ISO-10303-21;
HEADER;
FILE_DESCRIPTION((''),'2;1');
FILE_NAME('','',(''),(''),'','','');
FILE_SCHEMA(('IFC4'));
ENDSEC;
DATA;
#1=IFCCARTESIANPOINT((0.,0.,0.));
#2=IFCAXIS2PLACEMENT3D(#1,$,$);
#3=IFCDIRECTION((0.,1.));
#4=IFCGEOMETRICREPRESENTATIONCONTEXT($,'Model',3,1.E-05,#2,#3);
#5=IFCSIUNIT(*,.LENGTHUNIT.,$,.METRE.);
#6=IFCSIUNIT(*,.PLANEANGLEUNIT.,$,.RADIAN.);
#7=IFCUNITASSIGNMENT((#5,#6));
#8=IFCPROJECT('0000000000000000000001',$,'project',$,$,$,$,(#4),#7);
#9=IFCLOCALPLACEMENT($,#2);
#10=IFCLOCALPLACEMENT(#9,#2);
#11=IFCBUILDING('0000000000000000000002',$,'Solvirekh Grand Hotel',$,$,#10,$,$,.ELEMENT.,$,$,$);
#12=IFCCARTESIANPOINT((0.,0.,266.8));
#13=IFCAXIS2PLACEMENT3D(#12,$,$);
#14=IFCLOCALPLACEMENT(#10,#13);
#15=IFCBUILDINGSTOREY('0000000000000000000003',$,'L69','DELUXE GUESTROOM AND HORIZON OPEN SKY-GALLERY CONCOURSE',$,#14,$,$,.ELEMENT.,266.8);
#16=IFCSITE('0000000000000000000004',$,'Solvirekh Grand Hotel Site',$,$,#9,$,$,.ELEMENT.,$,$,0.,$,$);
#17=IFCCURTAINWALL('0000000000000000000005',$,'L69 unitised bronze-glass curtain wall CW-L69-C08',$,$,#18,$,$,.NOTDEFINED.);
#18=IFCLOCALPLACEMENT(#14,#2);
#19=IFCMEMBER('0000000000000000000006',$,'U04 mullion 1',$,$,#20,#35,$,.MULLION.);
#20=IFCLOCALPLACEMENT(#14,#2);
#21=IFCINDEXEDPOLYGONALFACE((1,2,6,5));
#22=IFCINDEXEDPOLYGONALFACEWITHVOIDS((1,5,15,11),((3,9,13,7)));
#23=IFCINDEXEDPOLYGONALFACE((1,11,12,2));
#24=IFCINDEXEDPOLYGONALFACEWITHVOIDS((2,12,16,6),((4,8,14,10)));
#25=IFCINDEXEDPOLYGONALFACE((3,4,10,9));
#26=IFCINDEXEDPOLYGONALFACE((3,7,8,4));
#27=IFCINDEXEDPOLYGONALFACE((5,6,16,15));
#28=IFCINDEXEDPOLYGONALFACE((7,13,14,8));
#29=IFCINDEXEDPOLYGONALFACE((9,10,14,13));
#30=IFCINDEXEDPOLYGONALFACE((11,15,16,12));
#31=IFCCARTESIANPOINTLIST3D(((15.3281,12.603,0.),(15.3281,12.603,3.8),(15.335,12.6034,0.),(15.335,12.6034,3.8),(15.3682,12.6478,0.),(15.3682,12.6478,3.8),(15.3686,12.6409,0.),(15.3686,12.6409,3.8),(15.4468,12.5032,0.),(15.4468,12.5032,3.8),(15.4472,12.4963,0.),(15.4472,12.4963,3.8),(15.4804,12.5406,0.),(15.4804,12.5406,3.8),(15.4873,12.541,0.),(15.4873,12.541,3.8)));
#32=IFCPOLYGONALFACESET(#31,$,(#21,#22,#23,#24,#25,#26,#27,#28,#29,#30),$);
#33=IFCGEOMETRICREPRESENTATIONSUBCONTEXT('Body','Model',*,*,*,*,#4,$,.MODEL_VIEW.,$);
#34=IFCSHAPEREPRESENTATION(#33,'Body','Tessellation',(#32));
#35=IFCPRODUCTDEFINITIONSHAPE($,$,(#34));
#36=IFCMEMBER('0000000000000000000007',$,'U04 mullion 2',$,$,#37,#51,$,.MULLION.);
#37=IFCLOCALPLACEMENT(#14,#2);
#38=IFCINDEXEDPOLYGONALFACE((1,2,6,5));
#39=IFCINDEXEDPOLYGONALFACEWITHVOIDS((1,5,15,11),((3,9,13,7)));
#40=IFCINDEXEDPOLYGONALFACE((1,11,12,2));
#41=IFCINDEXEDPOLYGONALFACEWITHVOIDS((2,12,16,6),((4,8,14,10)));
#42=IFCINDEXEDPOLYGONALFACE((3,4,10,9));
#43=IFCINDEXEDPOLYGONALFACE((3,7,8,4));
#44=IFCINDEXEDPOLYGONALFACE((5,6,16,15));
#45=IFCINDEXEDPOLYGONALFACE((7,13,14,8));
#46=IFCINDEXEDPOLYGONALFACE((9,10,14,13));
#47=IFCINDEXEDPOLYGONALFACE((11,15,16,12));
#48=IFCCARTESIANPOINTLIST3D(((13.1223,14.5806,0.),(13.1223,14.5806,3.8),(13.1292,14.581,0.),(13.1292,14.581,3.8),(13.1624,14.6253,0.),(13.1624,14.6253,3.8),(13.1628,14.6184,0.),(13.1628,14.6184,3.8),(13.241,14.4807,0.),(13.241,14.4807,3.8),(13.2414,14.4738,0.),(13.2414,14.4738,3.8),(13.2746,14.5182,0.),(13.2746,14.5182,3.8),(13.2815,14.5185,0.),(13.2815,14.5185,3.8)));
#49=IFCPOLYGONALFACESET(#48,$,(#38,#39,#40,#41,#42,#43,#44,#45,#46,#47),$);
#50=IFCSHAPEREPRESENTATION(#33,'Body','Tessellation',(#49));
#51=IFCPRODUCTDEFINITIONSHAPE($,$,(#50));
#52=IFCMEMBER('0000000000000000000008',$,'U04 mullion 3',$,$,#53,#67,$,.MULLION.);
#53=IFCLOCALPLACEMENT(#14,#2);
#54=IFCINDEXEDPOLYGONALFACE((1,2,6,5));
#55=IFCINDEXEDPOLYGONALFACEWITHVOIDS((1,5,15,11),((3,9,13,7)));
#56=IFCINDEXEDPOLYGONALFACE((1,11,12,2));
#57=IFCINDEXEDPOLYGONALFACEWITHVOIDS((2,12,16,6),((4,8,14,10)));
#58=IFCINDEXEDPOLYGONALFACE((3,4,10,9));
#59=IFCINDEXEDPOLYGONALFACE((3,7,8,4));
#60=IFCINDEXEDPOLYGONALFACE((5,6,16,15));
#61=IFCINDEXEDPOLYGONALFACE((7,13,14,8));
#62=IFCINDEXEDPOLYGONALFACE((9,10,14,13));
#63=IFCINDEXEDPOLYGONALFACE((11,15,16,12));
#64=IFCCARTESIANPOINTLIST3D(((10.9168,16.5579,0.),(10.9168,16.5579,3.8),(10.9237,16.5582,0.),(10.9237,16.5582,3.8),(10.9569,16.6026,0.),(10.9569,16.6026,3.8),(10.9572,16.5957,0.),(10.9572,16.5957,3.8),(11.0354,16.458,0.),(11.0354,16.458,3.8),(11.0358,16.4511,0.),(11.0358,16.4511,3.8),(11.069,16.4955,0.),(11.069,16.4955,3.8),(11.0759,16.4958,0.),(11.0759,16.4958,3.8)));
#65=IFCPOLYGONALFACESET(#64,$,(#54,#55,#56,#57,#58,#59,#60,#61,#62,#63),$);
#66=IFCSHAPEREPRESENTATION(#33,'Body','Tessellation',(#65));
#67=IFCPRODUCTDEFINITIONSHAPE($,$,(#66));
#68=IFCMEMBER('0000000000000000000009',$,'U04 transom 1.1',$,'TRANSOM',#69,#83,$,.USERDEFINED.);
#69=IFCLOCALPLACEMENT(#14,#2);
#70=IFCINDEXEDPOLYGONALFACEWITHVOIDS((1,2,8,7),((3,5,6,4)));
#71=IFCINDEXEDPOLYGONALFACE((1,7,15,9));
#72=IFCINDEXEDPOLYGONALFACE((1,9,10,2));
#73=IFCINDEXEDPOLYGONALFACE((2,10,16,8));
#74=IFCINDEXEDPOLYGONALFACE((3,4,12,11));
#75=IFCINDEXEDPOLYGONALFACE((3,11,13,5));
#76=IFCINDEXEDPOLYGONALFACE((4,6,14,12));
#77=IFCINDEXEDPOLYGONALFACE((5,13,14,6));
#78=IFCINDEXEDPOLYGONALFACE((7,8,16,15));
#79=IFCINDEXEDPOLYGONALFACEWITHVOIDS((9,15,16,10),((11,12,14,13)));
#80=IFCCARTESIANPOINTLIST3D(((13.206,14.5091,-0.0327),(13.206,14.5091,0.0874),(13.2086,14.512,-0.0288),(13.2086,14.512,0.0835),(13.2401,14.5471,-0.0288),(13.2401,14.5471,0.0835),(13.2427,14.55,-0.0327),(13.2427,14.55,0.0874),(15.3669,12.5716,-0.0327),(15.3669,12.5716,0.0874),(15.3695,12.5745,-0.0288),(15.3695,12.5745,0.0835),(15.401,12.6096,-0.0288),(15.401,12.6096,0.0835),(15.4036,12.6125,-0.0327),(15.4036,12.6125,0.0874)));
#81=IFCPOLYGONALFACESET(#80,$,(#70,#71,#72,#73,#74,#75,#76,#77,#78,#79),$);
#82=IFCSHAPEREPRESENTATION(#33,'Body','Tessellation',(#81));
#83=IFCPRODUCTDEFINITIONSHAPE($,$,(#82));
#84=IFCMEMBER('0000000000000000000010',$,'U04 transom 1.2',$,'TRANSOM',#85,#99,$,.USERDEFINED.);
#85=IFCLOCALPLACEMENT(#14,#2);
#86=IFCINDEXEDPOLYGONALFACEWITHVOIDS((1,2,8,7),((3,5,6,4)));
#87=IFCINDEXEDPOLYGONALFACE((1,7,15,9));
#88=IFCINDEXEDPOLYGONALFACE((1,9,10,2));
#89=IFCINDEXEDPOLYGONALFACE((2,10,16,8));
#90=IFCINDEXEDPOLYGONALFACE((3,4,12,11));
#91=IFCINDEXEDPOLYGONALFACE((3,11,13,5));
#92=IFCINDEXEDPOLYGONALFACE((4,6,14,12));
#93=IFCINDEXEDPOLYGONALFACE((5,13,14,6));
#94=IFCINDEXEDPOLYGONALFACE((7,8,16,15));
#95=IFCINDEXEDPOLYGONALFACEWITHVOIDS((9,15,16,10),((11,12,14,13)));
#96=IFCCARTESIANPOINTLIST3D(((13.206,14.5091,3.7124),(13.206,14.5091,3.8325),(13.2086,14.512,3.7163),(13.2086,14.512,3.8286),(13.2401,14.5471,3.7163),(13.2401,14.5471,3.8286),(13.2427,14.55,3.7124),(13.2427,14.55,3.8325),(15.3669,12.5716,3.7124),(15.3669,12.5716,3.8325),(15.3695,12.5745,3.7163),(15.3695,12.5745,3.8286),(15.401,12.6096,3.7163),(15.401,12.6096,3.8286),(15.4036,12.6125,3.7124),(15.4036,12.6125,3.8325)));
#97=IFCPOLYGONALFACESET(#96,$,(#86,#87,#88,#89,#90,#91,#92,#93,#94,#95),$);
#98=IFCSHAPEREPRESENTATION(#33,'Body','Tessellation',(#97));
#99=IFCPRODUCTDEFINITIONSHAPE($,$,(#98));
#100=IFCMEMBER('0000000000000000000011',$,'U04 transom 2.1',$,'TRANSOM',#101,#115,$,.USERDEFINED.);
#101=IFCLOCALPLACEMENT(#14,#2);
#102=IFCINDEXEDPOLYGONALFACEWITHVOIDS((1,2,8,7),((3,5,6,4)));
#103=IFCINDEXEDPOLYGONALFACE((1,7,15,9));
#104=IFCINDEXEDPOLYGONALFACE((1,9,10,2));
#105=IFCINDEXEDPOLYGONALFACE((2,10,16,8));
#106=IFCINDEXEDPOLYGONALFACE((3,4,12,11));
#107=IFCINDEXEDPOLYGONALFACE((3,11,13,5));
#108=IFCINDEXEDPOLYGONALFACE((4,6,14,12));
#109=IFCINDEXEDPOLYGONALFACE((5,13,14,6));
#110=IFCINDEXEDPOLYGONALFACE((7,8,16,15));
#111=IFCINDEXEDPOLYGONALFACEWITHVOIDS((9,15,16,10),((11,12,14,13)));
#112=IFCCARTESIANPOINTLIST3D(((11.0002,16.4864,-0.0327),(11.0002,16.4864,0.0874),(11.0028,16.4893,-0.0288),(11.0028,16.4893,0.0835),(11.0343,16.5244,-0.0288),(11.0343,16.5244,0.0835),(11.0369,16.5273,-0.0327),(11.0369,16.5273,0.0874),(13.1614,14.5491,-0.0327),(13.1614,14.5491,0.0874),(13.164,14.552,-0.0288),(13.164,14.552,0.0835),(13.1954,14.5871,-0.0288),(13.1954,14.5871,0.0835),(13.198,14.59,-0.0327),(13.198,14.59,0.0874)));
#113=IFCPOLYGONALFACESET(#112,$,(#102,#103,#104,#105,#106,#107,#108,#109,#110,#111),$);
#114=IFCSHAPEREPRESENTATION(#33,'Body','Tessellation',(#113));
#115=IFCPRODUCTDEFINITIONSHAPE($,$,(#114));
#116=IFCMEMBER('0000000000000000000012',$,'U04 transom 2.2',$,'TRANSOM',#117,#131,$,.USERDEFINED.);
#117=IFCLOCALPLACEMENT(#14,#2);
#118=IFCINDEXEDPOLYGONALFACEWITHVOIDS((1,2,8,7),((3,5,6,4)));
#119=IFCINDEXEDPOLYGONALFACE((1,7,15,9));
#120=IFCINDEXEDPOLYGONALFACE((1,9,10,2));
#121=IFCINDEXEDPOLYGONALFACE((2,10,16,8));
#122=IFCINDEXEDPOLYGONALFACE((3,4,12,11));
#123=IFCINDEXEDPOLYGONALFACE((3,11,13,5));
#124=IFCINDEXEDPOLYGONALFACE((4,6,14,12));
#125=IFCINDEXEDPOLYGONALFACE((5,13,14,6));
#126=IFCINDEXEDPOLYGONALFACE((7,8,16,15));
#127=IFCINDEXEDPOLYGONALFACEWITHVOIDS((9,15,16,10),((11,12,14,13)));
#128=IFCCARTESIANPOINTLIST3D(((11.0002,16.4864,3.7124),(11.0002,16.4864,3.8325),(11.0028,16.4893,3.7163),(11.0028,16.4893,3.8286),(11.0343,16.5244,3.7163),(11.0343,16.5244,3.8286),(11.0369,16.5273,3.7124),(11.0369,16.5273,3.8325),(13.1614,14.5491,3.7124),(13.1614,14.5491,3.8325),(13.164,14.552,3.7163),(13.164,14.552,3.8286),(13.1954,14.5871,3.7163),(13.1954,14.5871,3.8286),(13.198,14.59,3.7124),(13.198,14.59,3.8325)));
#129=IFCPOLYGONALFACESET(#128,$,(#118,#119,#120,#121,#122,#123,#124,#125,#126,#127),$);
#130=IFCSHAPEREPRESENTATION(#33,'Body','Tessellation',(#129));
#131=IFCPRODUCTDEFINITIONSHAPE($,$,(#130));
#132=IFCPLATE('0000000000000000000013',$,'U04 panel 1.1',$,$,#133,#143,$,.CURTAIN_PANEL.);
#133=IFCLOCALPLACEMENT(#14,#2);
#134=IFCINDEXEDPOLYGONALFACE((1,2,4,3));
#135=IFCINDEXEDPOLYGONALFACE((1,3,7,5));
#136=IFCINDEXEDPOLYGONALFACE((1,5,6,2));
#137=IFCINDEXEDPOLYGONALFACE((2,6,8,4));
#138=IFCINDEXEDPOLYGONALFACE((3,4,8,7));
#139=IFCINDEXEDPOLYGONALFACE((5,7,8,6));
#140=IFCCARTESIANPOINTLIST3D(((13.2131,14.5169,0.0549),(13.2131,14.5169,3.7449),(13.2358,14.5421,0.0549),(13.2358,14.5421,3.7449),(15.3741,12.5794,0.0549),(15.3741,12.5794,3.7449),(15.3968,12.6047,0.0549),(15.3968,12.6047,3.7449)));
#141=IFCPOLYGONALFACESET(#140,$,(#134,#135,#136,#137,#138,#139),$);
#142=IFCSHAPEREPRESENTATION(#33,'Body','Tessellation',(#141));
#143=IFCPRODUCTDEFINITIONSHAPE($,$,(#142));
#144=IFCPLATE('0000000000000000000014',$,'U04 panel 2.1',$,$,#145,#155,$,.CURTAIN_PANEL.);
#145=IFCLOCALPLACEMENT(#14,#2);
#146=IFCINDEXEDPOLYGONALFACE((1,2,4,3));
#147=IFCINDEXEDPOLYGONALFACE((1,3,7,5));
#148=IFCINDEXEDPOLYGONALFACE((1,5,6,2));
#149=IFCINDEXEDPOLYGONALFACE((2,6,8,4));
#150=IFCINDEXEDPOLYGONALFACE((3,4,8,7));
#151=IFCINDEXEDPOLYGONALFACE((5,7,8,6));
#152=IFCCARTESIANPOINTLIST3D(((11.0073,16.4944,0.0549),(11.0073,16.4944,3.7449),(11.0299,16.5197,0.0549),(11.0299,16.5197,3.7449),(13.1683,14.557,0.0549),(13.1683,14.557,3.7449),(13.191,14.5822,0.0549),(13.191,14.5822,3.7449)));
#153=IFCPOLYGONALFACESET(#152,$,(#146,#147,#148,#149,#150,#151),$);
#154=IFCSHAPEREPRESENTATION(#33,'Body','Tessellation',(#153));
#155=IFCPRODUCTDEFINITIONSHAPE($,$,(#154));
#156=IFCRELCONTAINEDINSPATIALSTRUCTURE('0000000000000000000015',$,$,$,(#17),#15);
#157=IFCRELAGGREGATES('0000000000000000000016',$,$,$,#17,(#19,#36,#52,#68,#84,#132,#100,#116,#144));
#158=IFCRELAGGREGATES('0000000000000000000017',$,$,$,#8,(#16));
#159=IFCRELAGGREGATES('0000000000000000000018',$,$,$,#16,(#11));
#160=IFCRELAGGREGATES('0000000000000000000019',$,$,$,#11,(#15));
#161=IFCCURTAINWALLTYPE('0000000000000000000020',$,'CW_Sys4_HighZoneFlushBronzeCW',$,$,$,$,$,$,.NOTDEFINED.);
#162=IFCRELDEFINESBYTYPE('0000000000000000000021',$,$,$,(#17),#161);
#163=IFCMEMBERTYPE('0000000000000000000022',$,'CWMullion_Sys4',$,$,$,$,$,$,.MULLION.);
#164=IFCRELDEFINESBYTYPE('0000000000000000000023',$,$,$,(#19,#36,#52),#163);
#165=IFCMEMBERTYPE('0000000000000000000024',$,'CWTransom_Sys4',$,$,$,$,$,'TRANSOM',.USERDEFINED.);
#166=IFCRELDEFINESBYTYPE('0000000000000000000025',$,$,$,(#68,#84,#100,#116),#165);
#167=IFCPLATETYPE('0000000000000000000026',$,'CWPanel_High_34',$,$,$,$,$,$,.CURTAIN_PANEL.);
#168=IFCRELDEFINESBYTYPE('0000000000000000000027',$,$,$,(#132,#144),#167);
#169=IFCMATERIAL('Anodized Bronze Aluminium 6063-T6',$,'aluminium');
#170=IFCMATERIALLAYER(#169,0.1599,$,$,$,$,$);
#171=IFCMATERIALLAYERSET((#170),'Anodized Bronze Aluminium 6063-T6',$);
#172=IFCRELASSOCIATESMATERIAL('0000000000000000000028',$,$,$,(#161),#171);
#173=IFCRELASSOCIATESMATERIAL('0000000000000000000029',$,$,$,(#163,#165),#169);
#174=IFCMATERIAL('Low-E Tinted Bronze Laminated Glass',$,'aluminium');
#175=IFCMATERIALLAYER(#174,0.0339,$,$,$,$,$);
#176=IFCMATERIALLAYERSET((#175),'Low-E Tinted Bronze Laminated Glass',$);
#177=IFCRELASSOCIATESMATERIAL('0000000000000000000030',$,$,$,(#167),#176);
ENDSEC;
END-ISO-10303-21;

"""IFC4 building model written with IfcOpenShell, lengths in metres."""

from ifc_helpers import new_model, si_unit, direction, frame, origin, origin_2d, place, context, subcontext, project, spatial, rectangle, hollow_rectangle, extrude, source, transform, mapped, material, layer, layer_set, material_profile, profile_set, type_object, element, aggregate, save


model = new_model("IFC4")

# Units and contexts
model_context = context("Model", 3, precision=1e-05, world=origin(), true_north=direction((0.0, 1.0)))
body_context = subcontext(model_context, "Body", "Model", "MODEL_VIEW")
ifc_project = project(units=[si_unit("LENGTHUNIT", "METRE"), si_unit("PLANEANGLEUNIT", "RADIAN")], contexts=[model_context])

# Site, building, storey
site_placement = place(None, origin())
site = spatial("IfcSite", under=ifc_project, at=site_placement, Name="Solvirekh Grand Hotel Site", CompositionType="ELEMENT", RefElevation=0.0)
building_placement = place(site_placement, origin())
building = spatial("IfcBuilding", under=site, at=building_placement, Name="Solvirekh Grand Hotel", CompositionType="ELEMENT")
storey_placement = place(building_placement, frame((0.0, 0.0, 266.8)))
storey = spatial("IfcBuildingStorey", under=building, at=storey_placement, Name="L69", Description="DELUXE GUESTROOM AND HORIZON OPEN SKY-GALLERY CONCOURSE", CompositionType="ELEMENT", Elevation=266.8)

# Curtain wall, members, plates
ifc_material_1 = material(Name="Anodized Bronze Aluminium 6063-T6", Category="aluminium")
ifc_layer_1 = layer(ifc_material_1, 0.1599)
ifc_layer_set_1 = layer_set([ifc_layer_1], Name="Anodized Bronze Aluminium 6063-T6")
curtain_wall_type = type_object("IfcCurtainWallType", Name="CW_Sys4_HighZoneFlushBronzeCW", PredefinedType="NOTDEFINED", material=ifc_layer_set_1)
curtain_wall_placement = place(storey_placement, origin())
curtain_wall = element("IfcCurtainWall", 1, at=curtain_wall_placement, inside=storey, type_object=curtain_wall_type, Name="L69 unitised bronze-glass curtain wall CW-L69-C08", PredefinedType="NOTDEFINED")
ifc_material_profile_1 = material_profile(ifc_material_1, hollow_rectangle(XDim=0.0601, YDim=0.1599, WallThickness=0.0049, at=origin_2d()), Name="ALU RHS 160X60X5")
ifc_profile_set_1 = profile_set([ifc_material_profile_1], Name="Anodized Bronze Aluminium 6063-T6")
member_type_1 = type_object("IfcMemberType", Name="CWMullion_Sys4", PredefinedType="MULLION", material=ifc_profile_set_1)
shared_shape_1 = source(origin(), body_context, "Body", "SweptSolid", [
    extrude(hollow_rectangle(XDim=0.0601, YDim=0.1599, WallThickness=0.0049, at=origin_2d()), origin(), (0.0, 0.0, 1.0), 3.8),
])
member_1_placement = place(storey_placement, frame((15.4077, 12.572, 0.0), z_axis=(0.0, 0.0, 1.0), x_axis=(-0.667542, -0.744572, 0.0)))
member_1 = element("IfcMember", 2, at=member_1_placement, type_object=member_type_1, Name="U04 mullion 1", PredefinedType="MULLION", context=body_context, shape_type="MappedRepresentation", body=[
    mapped(shared_shape_1, transform((0.0, 0.0, 0.0), x_axis=(1.0, 0.0, 0.0), y_axis=(0.0, 1.0, 0.0), z_axis=(0.0, 0.0, 1.0), scale=1.0)),
])
member_2_placement = place(storey_placement, frame((13.2019, 14.5496, 0.0), z_axis=(0.0, 0.0, 1.0), x_axis=(-0.667542, -0.744572, 0.0)))
member_2 = element("IfcMember", 3, at=member_2_placement, type_object=member_type_1, Name="U04 mullion 2", PredefinedType="MULLION", context=body_context, shape_type="MappedRepresentation", body=[
    mapped(shared_shape_1, transform((0.0, 0.0, 0.0), x_axis=(1.0, 0.0, 0.0), y_axis=(0.0, 1.0, 0.0), z_axis=(0.0, 0.0, 1.0), scale=1.0)),
])
member_3_placement = place(storey_placement, frame((10.9963, 16.5269, 0.0), z_axis=(0.0, 0.0, 1.0), x_axis=(-0.667542, -0.744572, 0.0)))
member_3 = element("IfcMember", 4, at=member_3_placement, type_object=member_type_1, Name="U04 mullion 3", PredefinedType="MULLION", context=body_context, shape_type="MappedRepresentation", body=[
    mapped(shared_shape_1, transform((0.0, 0.0, 0.0), x_axis=(1.0, 0.0, 0.0), y_axis=(0.0, 1.0, 0.0), z_axis=(0.0, 0.0, 1.0), scale=1.0)),
])
ifc_material_profile_2 = material_profile(ifc_material_1, hollow_rectangle(XDim=0.0549, YDim=0.1201, WallThickness=0.0039, at=origin_2d()), Name="ALU RHS 120X55X4")
ifc_profile_set_2 = profile_set([ifc_material_profile_2], Name="Anodized Bronze Aluminium 6063-T6")
member_type_2 = type_object("IfcMemberType", Name="CWTransom_Sys4", ElementType="TRANSOM", PredefinedType="USERDEFINED", material=ifc_profile_set_2)
shared_shape_2 = source(origin(), body_context, "Body", "SweptSolid", [
    extrude(hollow_rectangle(XDim=0.0549, YDim=0.1201, WallThickness=0.0039, at=origin_2d()), origin(), (0.0, 0.0, 1.0), 2.9023),
])
member_4_placement = place(storey_placement, frame((15.3853, 12.592, 0.0273), z_axis=(-0.744543, 0.667574, 0.0), x_axis=(-0.667574, -0.744543, 0.0)))
member_4 = element("IfcMember", 5, at=member_4_placement, type_object=member_type_2, Name="U04 transom 1.1", ObjectType="TRANSOM", PredefinedType="USERDEFINED", context=body_context, shape_type="MappedRepresentation", body=[
    mapped(shared_shape_2, transform((0.0, 0.0, 0.0), x_axis=(1.0, 0.0, 0.0), y_axis=(0.0, 1.0, 0.0), z_axis=(0.0, 0.0, 1.0), scale=1.0)),
])
member_5_placement = place(storey_placement, frame((15.3853, 12.592, 3.7725), z_axis=(-0.744543, 0.667574, 0.0), x_axis=(-0.667574, -0.744543, 0.0)))
member_5 = element("IfcMember", 6, at=member_5_placement, type_object=member_type_2, Name="U04 transom 1.2", ObjectType="TRANSOM", PredefinedType="USERDEFINED", context=body_context, shape_type="MappedRepresentation", body=[
    mapped(shared_shape_2, transform((0.0, 0.0, 0.0), x_axis=(1.0, 0.0, 0.0), y_axis=(0.0, 1.0, 0.0), z_axis=(0.0, 0.0, 1.0), scale=1.0)),
])
member_6_placement = place(storey_placement, frame((13.1797, 14.5696, 0.0273), z_axis=(-0.744623, 0.667486, 0.0), x_axis=(-0.667486, -0.744623, 0.0)))
member_6 = element("IfcMember", 7, at=member_6_placement, type_object=member_type_2, Name="U04 transom 2.1", ObjectType="TRANSOM", PredefinedType="USERDEFINED", context=body_context, shape_type="MappedRepresentation", body=[
    mapped(shared_shape_2, transform((0.0, 0.0, 0.0), x_axis=(1.0, 0.0, 0.0), y_axis=(0.0, 1.0, 0.0), z_axis=(0.0, 0.0, 1.0), scale=1.0)),
])
member_7_placement = place(storey_placement, frame((13.1797, 14.5696, 3.7725), z_axis=(-0.744623, 0.667486, 0.0), x_axis=(-0.667486, -0.744623, 0.0)))
member_7 = element("IfcMember", 8, at=member_7_placement, type_object=member_type_2, Name="U04 transom 2.2", ObjectType="TRANSOM", PredefinedType="USERDEFINED", context=body_context, shape_type="MappedRepresentation", body=[
    mapped(shared_shape_2, transform((0.0, 0.0, 0.0), x_axis=(1.0, 0.0, 0.0), y_axis=(0.0, 1.0, 0.0), z_axis=(0.0, 0.0, 1.0), scale=1.0)),
])
ifc_material_2 = material(Name="Low-E Tinted Bronze Laminated Glass", Category="aluminium")
ifc_layer_2 = layer(ifc_material_2, 0.0339)
ifc_layer_set_2 = layer_set([ifc_layer_2], Name="Low-E Tinted Bronze Laminated Glass")
plate_type = type_object("IfcPlateType", Name="CWPanel_High_34", PredefinedType="CURTAIN_PANEL", material=ifc_layer_set_2)
shared_shape_3 = source(origin(), body_context, "Body", "SweptSolid", [
    extrude(rectangle(XDim=2.9023, YDim=0.0339, at=origin_2d()), origin(), (0.0, 0.0, 1.0), 3.6899),
])
plate_1_placement = place(storey_placement, frame((14.3049, 13.5608, 0.0549), z_axis=(0.0, 0.0, 1.0), x_axis=(-0.744572, 0.667542, 0.0)))
plate_1 = element("IfcPlate", 9, at=plate_1_placement, type_object=plate_type, Name="U04 panel 1.1", PredefinedType="CURTAIN_PANEL", context=body_context, shape_type="MappedRepresentation", body=[
    mapped(shared_shape_3, transform((0.0, 0.0, 0.0), x_axis=(1.0, 0.0, 0.0), y_axis=(0.0, 1.0, 0.0), z_axis=(0.0, 0.0, 1.0), scale=1.0)),
])
plate_2_placement = place(storey_placement, frame((12.0991, 15.5383, 0.0549), z_axis=(0.0, 0.0, 1.0), x_axis=(-0.744572, 0.667542, 0.0)))
plate_2 = element("IfcPlate", 10, at=plate_2_placement, type_object=plate_type, Name="U04 panel 2.1", PredefinedType="CURTAIN_PANEL", context=body_context, shape_type="MappedRepresentation", body=[
    mapped(shared_shape_3, transform((0.0, 0.0, 0.0), x_axis=(1.0, 0.0, 0.0), y_axis=(0.0, 1.0, 0.0), z_axis=(0.0, 0.0, 1.0), scale=1.0)),
])
aggregate(curtain_wall, [member_1, member_2, member_3, member_4, member_5, plate_1, member_6, member_7, plate_2])

save(model, "model.ifc")
